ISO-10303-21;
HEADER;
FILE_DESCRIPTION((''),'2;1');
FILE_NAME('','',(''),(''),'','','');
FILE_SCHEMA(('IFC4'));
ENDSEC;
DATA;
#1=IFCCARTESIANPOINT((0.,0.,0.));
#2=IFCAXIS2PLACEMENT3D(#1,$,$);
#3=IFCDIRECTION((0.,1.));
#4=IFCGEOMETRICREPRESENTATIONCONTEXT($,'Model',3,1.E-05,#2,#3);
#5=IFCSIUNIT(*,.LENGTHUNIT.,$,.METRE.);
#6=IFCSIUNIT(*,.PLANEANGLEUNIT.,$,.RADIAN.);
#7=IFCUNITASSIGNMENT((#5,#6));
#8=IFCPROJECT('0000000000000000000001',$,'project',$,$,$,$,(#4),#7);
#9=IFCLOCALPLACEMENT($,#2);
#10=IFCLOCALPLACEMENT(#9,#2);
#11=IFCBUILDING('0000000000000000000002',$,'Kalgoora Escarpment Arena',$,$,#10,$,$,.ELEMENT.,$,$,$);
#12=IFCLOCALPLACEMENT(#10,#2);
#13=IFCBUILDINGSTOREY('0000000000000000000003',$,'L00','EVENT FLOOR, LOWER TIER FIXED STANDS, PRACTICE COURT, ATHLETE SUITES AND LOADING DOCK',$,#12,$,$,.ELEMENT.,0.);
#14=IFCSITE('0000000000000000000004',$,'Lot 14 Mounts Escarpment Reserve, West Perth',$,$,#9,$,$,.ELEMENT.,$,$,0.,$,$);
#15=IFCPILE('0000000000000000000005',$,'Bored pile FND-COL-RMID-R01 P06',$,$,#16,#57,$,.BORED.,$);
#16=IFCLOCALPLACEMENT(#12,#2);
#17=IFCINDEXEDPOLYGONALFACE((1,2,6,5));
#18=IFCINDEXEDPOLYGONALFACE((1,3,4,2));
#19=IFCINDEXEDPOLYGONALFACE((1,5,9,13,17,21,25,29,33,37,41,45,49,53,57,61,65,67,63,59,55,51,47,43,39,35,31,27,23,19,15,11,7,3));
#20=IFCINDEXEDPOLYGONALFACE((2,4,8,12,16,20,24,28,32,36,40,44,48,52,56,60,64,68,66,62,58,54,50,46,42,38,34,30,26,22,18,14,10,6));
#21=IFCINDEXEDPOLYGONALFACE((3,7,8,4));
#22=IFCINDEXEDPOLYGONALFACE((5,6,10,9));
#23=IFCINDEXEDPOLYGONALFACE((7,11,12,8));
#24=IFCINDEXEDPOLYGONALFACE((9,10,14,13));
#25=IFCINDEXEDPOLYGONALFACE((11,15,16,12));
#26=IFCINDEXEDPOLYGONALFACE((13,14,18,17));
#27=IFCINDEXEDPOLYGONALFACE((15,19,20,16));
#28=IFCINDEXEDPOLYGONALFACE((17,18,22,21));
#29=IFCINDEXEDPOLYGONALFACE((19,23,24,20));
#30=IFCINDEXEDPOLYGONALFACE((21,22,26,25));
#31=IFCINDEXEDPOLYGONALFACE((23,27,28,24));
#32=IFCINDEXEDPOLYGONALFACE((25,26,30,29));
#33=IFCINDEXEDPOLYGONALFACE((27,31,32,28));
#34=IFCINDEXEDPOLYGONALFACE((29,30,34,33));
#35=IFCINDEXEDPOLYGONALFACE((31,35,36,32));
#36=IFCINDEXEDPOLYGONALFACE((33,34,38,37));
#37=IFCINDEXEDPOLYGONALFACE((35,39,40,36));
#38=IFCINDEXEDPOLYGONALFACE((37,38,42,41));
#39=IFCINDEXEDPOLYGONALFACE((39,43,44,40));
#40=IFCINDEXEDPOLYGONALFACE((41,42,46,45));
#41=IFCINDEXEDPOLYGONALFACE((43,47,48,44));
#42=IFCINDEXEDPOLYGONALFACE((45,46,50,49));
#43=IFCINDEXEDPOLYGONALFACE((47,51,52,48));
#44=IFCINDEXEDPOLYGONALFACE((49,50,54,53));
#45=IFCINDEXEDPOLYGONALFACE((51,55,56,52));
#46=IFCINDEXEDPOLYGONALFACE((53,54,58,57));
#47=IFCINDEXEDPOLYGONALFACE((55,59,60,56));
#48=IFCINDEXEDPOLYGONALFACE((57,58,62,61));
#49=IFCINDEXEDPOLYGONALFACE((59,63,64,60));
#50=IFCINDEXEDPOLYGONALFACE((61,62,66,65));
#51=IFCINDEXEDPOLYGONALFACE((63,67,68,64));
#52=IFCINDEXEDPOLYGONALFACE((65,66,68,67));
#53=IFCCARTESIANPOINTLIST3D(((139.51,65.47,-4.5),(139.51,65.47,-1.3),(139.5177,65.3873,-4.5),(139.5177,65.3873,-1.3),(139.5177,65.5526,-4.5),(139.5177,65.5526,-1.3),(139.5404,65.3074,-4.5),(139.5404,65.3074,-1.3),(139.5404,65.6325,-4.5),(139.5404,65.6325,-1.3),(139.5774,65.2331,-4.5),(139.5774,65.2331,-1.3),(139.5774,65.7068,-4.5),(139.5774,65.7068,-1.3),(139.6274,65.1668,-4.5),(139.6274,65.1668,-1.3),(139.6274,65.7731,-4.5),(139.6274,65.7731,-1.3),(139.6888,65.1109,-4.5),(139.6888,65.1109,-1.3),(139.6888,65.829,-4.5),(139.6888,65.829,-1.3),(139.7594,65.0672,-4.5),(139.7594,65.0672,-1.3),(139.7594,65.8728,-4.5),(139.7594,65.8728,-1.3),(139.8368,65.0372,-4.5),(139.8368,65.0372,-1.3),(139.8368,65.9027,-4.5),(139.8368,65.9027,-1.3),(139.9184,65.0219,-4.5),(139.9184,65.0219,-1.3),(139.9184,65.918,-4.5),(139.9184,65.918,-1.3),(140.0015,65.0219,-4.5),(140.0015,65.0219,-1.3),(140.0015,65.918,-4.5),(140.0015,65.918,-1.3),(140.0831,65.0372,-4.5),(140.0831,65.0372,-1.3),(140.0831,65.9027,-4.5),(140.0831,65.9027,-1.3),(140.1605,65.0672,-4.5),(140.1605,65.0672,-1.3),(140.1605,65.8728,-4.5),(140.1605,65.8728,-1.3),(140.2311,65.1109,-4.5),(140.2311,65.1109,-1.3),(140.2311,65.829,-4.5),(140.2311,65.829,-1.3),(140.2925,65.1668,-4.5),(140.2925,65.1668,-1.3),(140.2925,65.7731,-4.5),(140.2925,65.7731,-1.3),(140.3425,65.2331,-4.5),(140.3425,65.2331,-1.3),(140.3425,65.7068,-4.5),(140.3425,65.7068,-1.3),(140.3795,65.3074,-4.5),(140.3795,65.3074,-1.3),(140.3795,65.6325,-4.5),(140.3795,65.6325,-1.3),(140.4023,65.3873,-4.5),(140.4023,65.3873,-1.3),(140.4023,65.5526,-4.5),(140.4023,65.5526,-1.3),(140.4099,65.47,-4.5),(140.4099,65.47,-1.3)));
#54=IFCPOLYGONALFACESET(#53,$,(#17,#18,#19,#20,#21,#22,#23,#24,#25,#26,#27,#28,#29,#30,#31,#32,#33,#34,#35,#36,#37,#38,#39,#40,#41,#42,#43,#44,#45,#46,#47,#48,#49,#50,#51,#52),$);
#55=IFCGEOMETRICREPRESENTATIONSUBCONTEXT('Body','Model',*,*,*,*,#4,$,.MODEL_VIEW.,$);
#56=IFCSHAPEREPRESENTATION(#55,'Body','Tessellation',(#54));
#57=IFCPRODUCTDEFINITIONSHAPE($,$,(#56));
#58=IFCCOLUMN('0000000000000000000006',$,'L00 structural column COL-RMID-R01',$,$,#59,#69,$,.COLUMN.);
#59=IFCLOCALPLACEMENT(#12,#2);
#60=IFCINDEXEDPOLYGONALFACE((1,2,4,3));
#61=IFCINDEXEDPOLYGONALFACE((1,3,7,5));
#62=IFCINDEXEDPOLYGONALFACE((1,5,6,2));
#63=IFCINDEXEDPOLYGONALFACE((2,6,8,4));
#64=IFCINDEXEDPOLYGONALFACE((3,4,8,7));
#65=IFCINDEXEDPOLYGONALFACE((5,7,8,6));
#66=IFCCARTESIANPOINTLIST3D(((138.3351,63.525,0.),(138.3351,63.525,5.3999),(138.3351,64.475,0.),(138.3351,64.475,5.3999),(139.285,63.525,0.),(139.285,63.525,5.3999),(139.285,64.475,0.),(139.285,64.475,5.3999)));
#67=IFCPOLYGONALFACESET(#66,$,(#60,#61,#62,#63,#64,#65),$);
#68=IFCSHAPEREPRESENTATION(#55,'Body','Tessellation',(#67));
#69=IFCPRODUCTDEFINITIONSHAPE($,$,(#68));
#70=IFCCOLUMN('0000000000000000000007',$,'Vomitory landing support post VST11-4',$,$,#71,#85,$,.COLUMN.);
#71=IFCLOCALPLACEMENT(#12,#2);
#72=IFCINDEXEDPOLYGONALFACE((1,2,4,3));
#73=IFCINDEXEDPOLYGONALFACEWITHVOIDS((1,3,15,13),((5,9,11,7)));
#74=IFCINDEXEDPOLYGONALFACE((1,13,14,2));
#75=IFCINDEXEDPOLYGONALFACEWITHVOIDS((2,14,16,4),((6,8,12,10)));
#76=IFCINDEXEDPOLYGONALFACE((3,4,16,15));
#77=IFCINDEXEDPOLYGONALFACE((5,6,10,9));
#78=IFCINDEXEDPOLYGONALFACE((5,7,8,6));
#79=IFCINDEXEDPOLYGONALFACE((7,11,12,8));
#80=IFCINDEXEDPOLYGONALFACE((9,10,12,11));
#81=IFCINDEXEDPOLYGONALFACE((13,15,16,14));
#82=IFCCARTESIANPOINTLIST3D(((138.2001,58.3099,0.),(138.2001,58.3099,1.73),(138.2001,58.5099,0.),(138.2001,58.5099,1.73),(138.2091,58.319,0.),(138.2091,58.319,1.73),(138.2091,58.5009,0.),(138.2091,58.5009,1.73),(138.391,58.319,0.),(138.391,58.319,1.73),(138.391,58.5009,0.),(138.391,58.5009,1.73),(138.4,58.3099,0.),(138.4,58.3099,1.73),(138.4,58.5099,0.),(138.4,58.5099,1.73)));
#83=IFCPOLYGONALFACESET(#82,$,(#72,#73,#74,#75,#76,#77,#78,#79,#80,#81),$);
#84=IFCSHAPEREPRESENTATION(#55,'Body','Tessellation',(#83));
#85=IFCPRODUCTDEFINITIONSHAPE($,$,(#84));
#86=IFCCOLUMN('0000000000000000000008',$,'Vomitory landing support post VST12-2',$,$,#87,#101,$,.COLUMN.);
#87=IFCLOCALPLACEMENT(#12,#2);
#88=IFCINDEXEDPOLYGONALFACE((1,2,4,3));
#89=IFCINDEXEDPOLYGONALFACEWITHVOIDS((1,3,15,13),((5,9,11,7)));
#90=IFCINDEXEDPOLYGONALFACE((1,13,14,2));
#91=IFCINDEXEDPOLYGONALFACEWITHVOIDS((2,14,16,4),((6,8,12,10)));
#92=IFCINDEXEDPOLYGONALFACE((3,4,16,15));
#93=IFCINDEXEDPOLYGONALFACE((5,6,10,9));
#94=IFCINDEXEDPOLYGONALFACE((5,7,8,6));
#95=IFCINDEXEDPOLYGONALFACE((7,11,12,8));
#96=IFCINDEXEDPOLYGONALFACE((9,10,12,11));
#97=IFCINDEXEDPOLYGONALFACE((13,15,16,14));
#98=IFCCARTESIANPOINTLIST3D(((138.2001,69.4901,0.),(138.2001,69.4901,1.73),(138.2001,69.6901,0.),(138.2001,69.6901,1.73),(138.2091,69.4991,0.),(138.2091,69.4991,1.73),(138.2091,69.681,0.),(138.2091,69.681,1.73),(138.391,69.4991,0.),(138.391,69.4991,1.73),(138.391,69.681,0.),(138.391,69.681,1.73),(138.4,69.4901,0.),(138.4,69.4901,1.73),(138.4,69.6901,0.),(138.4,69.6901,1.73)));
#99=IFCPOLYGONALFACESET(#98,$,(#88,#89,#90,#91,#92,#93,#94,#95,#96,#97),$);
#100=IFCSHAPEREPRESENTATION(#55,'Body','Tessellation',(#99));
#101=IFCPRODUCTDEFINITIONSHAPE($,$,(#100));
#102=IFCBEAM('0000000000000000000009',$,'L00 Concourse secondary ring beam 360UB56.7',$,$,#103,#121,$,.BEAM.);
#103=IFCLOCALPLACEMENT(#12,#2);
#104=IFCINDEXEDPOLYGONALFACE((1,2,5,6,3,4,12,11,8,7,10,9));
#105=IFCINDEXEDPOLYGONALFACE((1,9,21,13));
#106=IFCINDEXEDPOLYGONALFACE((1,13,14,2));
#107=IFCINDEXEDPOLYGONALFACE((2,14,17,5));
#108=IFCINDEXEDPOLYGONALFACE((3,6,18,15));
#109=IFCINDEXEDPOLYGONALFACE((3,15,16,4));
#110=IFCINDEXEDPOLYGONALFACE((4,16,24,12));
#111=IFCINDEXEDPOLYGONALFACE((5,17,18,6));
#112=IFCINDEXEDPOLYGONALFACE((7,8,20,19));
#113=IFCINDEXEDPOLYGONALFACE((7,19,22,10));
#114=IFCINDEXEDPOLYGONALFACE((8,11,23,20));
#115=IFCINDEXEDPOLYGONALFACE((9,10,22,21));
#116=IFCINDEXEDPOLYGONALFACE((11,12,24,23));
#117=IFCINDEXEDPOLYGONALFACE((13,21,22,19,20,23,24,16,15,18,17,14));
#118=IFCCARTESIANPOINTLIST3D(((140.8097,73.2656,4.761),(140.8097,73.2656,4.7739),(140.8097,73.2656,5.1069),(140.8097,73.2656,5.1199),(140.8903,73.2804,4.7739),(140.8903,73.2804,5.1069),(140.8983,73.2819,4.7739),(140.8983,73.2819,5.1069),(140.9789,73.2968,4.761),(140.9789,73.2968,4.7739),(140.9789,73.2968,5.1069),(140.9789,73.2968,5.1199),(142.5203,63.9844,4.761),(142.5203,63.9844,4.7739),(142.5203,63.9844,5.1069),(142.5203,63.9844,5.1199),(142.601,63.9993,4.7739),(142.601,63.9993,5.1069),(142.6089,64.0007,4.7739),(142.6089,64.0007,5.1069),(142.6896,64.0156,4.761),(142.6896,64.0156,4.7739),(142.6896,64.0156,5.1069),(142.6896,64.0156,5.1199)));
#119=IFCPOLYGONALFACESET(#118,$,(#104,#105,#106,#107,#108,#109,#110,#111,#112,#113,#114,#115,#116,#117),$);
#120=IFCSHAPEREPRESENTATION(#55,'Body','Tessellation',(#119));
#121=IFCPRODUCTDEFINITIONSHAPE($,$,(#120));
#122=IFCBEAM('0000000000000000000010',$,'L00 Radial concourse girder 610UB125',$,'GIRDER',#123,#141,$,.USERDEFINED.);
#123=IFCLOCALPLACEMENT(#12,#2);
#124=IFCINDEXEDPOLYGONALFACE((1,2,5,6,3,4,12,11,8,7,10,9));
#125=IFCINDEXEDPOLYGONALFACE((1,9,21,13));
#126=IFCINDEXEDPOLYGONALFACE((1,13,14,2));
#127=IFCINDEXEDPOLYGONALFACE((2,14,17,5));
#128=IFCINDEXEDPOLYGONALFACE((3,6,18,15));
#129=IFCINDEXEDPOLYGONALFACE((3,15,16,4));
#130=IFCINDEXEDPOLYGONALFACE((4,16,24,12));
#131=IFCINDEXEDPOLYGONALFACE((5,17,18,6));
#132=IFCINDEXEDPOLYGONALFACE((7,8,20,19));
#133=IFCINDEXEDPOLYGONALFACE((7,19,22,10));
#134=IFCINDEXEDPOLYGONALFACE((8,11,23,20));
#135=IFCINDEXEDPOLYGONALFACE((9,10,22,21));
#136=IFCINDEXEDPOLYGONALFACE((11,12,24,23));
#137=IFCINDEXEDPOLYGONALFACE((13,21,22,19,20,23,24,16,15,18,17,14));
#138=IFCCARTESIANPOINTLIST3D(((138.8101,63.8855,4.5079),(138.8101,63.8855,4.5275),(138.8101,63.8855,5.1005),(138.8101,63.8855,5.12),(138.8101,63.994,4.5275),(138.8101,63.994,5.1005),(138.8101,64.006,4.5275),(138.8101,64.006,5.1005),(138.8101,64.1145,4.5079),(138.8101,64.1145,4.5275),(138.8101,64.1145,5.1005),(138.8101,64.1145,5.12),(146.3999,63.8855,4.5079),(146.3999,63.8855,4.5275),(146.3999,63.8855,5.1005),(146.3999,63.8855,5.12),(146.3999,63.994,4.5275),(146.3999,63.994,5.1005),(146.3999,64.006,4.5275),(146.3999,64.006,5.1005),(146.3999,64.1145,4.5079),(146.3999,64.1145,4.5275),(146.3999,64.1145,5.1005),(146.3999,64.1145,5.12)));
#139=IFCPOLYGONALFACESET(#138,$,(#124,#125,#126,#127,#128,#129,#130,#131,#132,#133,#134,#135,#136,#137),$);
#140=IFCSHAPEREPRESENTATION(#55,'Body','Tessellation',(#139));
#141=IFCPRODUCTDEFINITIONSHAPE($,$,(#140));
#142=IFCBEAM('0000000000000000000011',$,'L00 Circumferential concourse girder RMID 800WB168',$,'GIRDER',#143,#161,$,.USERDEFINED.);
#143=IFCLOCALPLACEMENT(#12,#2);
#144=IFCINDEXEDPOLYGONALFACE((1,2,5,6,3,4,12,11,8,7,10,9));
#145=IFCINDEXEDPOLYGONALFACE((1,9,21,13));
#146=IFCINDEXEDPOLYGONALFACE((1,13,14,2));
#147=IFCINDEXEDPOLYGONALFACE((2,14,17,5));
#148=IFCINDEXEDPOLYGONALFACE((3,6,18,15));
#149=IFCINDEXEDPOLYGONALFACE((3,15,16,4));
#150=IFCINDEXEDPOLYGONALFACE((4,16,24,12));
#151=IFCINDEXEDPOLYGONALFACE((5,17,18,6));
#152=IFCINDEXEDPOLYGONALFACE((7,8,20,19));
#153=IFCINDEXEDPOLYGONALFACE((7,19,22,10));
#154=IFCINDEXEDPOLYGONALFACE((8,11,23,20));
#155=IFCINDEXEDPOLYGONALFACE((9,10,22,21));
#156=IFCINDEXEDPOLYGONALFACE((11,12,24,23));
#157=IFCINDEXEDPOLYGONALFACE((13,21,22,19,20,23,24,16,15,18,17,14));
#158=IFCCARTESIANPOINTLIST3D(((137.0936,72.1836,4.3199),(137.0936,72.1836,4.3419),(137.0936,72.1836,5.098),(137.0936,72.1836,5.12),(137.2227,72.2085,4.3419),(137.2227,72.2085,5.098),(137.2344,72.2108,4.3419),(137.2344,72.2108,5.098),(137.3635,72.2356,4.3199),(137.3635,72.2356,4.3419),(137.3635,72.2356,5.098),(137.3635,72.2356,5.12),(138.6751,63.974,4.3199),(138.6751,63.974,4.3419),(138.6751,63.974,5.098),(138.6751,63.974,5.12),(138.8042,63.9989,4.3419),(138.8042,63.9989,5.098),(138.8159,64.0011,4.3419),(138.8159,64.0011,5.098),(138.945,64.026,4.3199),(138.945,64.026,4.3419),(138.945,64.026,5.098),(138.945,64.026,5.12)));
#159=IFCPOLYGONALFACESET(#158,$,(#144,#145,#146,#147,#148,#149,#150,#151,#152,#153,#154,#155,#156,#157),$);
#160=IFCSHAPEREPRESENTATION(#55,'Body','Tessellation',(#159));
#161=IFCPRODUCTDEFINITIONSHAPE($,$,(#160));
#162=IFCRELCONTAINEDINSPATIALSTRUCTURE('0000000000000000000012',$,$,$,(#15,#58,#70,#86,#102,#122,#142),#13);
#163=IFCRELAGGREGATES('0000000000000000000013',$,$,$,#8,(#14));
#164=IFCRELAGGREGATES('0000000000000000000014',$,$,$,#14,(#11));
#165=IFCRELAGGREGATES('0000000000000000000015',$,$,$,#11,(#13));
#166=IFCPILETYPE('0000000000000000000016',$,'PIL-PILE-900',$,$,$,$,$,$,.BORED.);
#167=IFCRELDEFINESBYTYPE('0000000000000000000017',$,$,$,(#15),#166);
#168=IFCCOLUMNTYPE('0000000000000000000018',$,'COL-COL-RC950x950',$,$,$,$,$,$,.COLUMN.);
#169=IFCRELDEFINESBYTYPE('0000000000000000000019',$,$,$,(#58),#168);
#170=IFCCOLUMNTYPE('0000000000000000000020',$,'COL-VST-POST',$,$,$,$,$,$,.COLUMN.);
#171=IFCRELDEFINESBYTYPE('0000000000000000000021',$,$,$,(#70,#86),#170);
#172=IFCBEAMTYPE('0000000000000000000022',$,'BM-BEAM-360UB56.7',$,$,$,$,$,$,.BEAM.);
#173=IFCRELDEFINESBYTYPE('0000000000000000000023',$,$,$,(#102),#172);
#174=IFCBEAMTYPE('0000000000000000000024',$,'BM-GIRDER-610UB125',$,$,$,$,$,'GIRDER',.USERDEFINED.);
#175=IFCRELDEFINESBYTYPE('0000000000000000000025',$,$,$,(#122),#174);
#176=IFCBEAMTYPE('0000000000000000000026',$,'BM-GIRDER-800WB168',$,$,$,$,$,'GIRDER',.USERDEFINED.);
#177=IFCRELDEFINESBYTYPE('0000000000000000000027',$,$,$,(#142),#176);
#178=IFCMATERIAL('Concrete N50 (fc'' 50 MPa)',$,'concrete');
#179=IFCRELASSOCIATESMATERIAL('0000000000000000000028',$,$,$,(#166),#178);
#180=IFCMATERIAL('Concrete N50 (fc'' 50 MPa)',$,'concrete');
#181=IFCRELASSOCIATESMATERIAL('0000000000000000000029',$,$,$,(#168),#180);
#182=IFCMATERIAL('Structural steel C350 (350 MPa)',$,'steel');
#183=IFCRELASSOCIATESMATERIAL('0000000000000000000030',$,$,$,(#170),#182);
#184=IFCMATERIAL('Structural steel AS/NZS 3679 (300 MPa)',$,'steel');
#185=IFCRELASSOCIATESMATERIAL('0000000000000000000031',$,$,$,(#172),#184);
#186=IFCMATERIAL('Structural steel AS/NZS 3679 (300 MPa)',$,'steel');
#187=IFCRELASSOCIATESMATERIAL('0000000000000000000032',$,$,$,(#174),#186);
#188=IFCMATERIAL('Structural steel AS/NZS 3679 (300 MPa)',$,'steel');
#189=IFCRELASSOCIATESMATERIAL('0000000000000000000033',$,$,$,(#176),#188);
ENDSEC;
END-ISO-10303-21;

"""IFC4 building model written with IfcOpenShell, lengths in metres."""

from ifc_helpers import new_model, si_unit, direction, frame, origin, origin_2d, place, context, subcontext, project, spatial, rectangle, hollow_rectangle, circle, i_section, extrude, material, material_profile, profile_set, type_object, element, save


model = new_model("IFC4")

# Units and contexts
model_context = context("Model", 3, precision=1e-05, world=origin(), true_north=direction((0.0, 1.0)))
body_context = subcontext(model_context, "Body", "Model", "MODEL_VIEW")
ifc_project = project(units=[si_unit("LENGTHUNIT", "METRE"), si_unit("PLANEANGLEUNIT", "RADIAN")], contexts=[model_context])

# Site, building, storey
site_placement = place(None, origin())
site = spatial("IfcSite", under=ifc_project, at=site_placement, Name="Lot 14 Mounts Escarpment Reserve, West Perth", CompositionType="ELEMENT", RefElevation=0.0)
building_placement = place(site_placement, origin())
building = spatial("IfcBuilding", under=site, at=building_placement, Name="Kalgoora Escarpment Arena", CompositionType="ELEMENT")
storey_placement = place(building_placement, origin())
storey = spatial("IfcBuildingStorey", under=building, at=storey_placement, Name="L00", Description="EVENT FLOOR, LOWER TIER FIXED STANDS, PRACTICE COURT, ATHLETE SUITES AND LOADING DOCK", CompositionType="ELEMENT", Elevation=0.0)

# Pile
ifc_material_1 = material(Name="Concrete N50 (fc' 50 MPa)", Category="concrete")
ifc_material_profile_1 = material_profile(ifc_material_1, circle(Radius=0.45, at=origin_2d()))
ifc_profile_set_1 = profile_set([ifc_material_profile_1], Name="Concrete N50 (fc' 50 MPa)")
pile_type_1 = type_object("IfcPileType", Name="PIL-PILE-900", PredefinedType="BORED", material=ifc_profile_set_1)
for number, where, z_axis, x_axis, name in (
    (1, (139.96, 65.47, -1.3), (0.0, 0.0, -1.0), (1.0, 0.0, 0.0), "Bored pile FND-COL-RMID-R01 P06"),
):
    element("IfcPile", number, at=place(storey_placement, frame(where, z_axis=z_axis, x_axis=x_axis)), inside=storey, type_object=pile_type_1, Name=name, PredefinedType="BORED", context=body_context, shape_type="SweptSolid", body=[
        extrude(circle(Radius=0.45, at=origin_2d()), origin(), (0.0, 0.0, 1.0), 3.2),
    ])

# Columns
ifc_material_2 = material(Name="Concrete N50 (fc' 50 MPa)", Category="concrete")
ifc_material_profile_2 = material_profile(ifc_material_2, rectangle(XDim=0.95, YDim=0.95, at=origin_2d()))
ifc_profile_set_2 = profile_set([ifc_material_profile_2], Name="Concrete N50 (fc' 50 MPa)")
column_type_1 = type_object("IfcColumnType", Name="COL-COL-RC950x950", PredefinedType="COLUMN", material=ifc_profile_set_2)
column_placement = place(storey_placement, frame((138.8101, 64.0, 0.0), z_axis=(0.0, 0.0, 1.0), x_axis=(1.0, 0.0, 0.0)))
element("IfcColumn", 2, at=column_placement, inside=storey, type_object=column_type_1, Name="L00 structural column COL-RMID-R01", PredefinedType="COLUMN", context=body_context, shape_type="SweptSolid", body=[
    extrude(rectangle(XDim=0.95, YDim=0.95, at=origin_2d()), origin(), (0.0, 0.0, 1.0), 5.3999),
])
ifc_material_3 = material(Name="Structural steel C350 (350 MPa)", Category="steel")
ifc_material_profile_3 = material_profile(ifc_material_3, hollow_rectangle(XDim=0.2, YDim=0.2, WallThickness=0.009, at=origin_2d()))
ifc_profile_set_3 = profile_set([ifc_material_profile_3], Name="Structural steel C350 (350 MPa)")
column_type_2 = type_object("IfcColumnType", Name="COL-VST-POST", PredefinedType="COLUMN", material=ifc_profile_set_3)
for number, where, z_axis, x_axis, name in (
    (3, (138.3, 58.4099, 0.0), (0.0, 0.0, 1.0), (1.0, 0.0, 0.0), "Vomitory landing support post VST11-4"),
    (4, (138.3, 69.5901, 0.0), (0.0, 0.0, 1.0), (1.0, 0.0, 0.0), "Vomitory landing support post VST12-2"),
):
    element("IfcColumn", number, at=place(storey_placement, frame(where, z_axis=z_axis, x_axis=x_axis)), inside=storey, type_object=column_type_2, Name=name, PredefinedType="COLUMN", context=body_context, shape_type="SweptSolid", body=[
        extrude(hollow_rectangle(XDim=0.2, YDim=0.2, WallThickness=0.009, at=origin_2d()), origin(), (0.0, 0.0, 1.0), 1.73),
    ])

# Beams
ifc_material_4 = material(Name="Structural steel AS/NZS 3679 (300 MPa)", Category="steel")
ifc_material_profile_4 = material_profile(ifc_material_4, i_section(OverallWidth=0.1721, OverallDepth=0.3589, WebThickness=0.0081, FlangeThickness=0.0129, at=origin_2d()))
ifc_profile_set_4 = profile_set([ifc_material_profile_4], Name="Structural steel AS/NZS 3679 (300 MPa)")
beam_type_1 = type_object("IfcBeamType", Name="BM-BEAM-360UB56.7", PredefinedType="BEAM", material=ifc_profile_set_4)
beam_1_placement = place(storey_placement, frame((142.605, 64.0, 4.9404), z_axis=(-0.181264, 0.983435, 0.0), x_axis=(-0.983435, -0.181264, 0.0)))
element("IfcBeam", 5, at=beam_1_placement, inside=storey, type_object=beam_type_1, Name="L00 Concourse secondary ring beam 360UB56.7", PredefinedType="BEAM", context=body_context, shape_type="SweptSolid", body=[
    extrude(i_section(OverallWidth=0.1721, OverallDepth=0.3589, WebThickness=0.0081, FlangeThickness=0.0129, at=origin_2d()), origin(), (0.0, 0.0, 1.0), 9.4375),
])
ifc_material_5 = material(Name="Structural steel AS/NZS 3679 (300 MPa)", Category="steel")
ifc_material_profile_5 = material_profile(ifc_material_5, i_section(OverallWidth=0.229, OverallDepth=0.6121, WebThickness=0.012, FlangeThickness=0.0195, at=origin_2d()))
ifc_profile_set_5 = profile_set([ifc_material_profile_5], Name="Structural steel AS/NZS 3679 (300 MPa)")
beam_type_2 = type_object("IfcBeamType", Name="BM-GIRDER-610UB125", ElementType="GIRDER", PredefinedType="USERDEFINED", material=ifc_profile_set_5)
beam_2_placement = place(storey_placement, frame((138.8101, 64.0, 4.814), z_axis=(1.0, 0.0, 0.0), x_axis=(0.0, 1.0, 0.0)))
element("IfcBeam", 6, at=beam_2_placement, inside=storey, type_object=beam_type_2, Name="L00 Radial concourse girder 610UB125", ObjectType="GIRDER", PredefinedType="USERDEFINED", context=body_context, shape_type="SweptSolid", body=[
    extrude(i_section(OverallWidth=0.229, OverallDepth=0.6121, WebThickness=0.012, FlangeThickness=0.0195, at=origin_2d()), origin(), (0.0, 0.0, 1.0), 7.5898),
])
ifc_material_6 = material(Name="Structural steel AS/NZS 3679 (300 MPa)", Category="steel")
ifc_material_profile_6 = material_profile(ifc_material_6, i_section(OverallWidth=0.2749, OverallDepth=0.8, WebThickness=0.012, FlangeThickness=0.022, at=origin_2d()))
ifc_profile_set_6 = profile_set([ifc_material_profile_6], Name="Structural steel AS/NZS 3679 (300 MPa)")
beam_type_3 = type_object("IfcBeamType", Name="BM-GIRDER-800WB168", ElementType="GIRDER", PredefinedType="USERDEFINED", material=ifc_profile_set_6)
beam_3_placement = place(storey_placement, frame((138.8101, 64.0, 4.72), z_axis=(-0.189165, 0.981945, 0.0), x_axis=(-0.981945, -0.189165, 0.0)))
element("IfcBeam", 7, at=beam_3_placement, inside=storey, type_object=beam_type_3, Name="L00 Circumferential concourse girder RMID 800WB168", ObjectType="GIRDER", PredefinedType="USERDEFINED", context=body_context, shape_type="SweptSolid", body=[
    extrude(i_section(OverallWidth=0.2749, OverallDepth=0.8, WebThickness=0.012, FlangeThickness=0.022, at=origin_2d()), origin(), (0.0, 0.0, 1.0), 8.3606),
])

save(model, "model.ifc")
